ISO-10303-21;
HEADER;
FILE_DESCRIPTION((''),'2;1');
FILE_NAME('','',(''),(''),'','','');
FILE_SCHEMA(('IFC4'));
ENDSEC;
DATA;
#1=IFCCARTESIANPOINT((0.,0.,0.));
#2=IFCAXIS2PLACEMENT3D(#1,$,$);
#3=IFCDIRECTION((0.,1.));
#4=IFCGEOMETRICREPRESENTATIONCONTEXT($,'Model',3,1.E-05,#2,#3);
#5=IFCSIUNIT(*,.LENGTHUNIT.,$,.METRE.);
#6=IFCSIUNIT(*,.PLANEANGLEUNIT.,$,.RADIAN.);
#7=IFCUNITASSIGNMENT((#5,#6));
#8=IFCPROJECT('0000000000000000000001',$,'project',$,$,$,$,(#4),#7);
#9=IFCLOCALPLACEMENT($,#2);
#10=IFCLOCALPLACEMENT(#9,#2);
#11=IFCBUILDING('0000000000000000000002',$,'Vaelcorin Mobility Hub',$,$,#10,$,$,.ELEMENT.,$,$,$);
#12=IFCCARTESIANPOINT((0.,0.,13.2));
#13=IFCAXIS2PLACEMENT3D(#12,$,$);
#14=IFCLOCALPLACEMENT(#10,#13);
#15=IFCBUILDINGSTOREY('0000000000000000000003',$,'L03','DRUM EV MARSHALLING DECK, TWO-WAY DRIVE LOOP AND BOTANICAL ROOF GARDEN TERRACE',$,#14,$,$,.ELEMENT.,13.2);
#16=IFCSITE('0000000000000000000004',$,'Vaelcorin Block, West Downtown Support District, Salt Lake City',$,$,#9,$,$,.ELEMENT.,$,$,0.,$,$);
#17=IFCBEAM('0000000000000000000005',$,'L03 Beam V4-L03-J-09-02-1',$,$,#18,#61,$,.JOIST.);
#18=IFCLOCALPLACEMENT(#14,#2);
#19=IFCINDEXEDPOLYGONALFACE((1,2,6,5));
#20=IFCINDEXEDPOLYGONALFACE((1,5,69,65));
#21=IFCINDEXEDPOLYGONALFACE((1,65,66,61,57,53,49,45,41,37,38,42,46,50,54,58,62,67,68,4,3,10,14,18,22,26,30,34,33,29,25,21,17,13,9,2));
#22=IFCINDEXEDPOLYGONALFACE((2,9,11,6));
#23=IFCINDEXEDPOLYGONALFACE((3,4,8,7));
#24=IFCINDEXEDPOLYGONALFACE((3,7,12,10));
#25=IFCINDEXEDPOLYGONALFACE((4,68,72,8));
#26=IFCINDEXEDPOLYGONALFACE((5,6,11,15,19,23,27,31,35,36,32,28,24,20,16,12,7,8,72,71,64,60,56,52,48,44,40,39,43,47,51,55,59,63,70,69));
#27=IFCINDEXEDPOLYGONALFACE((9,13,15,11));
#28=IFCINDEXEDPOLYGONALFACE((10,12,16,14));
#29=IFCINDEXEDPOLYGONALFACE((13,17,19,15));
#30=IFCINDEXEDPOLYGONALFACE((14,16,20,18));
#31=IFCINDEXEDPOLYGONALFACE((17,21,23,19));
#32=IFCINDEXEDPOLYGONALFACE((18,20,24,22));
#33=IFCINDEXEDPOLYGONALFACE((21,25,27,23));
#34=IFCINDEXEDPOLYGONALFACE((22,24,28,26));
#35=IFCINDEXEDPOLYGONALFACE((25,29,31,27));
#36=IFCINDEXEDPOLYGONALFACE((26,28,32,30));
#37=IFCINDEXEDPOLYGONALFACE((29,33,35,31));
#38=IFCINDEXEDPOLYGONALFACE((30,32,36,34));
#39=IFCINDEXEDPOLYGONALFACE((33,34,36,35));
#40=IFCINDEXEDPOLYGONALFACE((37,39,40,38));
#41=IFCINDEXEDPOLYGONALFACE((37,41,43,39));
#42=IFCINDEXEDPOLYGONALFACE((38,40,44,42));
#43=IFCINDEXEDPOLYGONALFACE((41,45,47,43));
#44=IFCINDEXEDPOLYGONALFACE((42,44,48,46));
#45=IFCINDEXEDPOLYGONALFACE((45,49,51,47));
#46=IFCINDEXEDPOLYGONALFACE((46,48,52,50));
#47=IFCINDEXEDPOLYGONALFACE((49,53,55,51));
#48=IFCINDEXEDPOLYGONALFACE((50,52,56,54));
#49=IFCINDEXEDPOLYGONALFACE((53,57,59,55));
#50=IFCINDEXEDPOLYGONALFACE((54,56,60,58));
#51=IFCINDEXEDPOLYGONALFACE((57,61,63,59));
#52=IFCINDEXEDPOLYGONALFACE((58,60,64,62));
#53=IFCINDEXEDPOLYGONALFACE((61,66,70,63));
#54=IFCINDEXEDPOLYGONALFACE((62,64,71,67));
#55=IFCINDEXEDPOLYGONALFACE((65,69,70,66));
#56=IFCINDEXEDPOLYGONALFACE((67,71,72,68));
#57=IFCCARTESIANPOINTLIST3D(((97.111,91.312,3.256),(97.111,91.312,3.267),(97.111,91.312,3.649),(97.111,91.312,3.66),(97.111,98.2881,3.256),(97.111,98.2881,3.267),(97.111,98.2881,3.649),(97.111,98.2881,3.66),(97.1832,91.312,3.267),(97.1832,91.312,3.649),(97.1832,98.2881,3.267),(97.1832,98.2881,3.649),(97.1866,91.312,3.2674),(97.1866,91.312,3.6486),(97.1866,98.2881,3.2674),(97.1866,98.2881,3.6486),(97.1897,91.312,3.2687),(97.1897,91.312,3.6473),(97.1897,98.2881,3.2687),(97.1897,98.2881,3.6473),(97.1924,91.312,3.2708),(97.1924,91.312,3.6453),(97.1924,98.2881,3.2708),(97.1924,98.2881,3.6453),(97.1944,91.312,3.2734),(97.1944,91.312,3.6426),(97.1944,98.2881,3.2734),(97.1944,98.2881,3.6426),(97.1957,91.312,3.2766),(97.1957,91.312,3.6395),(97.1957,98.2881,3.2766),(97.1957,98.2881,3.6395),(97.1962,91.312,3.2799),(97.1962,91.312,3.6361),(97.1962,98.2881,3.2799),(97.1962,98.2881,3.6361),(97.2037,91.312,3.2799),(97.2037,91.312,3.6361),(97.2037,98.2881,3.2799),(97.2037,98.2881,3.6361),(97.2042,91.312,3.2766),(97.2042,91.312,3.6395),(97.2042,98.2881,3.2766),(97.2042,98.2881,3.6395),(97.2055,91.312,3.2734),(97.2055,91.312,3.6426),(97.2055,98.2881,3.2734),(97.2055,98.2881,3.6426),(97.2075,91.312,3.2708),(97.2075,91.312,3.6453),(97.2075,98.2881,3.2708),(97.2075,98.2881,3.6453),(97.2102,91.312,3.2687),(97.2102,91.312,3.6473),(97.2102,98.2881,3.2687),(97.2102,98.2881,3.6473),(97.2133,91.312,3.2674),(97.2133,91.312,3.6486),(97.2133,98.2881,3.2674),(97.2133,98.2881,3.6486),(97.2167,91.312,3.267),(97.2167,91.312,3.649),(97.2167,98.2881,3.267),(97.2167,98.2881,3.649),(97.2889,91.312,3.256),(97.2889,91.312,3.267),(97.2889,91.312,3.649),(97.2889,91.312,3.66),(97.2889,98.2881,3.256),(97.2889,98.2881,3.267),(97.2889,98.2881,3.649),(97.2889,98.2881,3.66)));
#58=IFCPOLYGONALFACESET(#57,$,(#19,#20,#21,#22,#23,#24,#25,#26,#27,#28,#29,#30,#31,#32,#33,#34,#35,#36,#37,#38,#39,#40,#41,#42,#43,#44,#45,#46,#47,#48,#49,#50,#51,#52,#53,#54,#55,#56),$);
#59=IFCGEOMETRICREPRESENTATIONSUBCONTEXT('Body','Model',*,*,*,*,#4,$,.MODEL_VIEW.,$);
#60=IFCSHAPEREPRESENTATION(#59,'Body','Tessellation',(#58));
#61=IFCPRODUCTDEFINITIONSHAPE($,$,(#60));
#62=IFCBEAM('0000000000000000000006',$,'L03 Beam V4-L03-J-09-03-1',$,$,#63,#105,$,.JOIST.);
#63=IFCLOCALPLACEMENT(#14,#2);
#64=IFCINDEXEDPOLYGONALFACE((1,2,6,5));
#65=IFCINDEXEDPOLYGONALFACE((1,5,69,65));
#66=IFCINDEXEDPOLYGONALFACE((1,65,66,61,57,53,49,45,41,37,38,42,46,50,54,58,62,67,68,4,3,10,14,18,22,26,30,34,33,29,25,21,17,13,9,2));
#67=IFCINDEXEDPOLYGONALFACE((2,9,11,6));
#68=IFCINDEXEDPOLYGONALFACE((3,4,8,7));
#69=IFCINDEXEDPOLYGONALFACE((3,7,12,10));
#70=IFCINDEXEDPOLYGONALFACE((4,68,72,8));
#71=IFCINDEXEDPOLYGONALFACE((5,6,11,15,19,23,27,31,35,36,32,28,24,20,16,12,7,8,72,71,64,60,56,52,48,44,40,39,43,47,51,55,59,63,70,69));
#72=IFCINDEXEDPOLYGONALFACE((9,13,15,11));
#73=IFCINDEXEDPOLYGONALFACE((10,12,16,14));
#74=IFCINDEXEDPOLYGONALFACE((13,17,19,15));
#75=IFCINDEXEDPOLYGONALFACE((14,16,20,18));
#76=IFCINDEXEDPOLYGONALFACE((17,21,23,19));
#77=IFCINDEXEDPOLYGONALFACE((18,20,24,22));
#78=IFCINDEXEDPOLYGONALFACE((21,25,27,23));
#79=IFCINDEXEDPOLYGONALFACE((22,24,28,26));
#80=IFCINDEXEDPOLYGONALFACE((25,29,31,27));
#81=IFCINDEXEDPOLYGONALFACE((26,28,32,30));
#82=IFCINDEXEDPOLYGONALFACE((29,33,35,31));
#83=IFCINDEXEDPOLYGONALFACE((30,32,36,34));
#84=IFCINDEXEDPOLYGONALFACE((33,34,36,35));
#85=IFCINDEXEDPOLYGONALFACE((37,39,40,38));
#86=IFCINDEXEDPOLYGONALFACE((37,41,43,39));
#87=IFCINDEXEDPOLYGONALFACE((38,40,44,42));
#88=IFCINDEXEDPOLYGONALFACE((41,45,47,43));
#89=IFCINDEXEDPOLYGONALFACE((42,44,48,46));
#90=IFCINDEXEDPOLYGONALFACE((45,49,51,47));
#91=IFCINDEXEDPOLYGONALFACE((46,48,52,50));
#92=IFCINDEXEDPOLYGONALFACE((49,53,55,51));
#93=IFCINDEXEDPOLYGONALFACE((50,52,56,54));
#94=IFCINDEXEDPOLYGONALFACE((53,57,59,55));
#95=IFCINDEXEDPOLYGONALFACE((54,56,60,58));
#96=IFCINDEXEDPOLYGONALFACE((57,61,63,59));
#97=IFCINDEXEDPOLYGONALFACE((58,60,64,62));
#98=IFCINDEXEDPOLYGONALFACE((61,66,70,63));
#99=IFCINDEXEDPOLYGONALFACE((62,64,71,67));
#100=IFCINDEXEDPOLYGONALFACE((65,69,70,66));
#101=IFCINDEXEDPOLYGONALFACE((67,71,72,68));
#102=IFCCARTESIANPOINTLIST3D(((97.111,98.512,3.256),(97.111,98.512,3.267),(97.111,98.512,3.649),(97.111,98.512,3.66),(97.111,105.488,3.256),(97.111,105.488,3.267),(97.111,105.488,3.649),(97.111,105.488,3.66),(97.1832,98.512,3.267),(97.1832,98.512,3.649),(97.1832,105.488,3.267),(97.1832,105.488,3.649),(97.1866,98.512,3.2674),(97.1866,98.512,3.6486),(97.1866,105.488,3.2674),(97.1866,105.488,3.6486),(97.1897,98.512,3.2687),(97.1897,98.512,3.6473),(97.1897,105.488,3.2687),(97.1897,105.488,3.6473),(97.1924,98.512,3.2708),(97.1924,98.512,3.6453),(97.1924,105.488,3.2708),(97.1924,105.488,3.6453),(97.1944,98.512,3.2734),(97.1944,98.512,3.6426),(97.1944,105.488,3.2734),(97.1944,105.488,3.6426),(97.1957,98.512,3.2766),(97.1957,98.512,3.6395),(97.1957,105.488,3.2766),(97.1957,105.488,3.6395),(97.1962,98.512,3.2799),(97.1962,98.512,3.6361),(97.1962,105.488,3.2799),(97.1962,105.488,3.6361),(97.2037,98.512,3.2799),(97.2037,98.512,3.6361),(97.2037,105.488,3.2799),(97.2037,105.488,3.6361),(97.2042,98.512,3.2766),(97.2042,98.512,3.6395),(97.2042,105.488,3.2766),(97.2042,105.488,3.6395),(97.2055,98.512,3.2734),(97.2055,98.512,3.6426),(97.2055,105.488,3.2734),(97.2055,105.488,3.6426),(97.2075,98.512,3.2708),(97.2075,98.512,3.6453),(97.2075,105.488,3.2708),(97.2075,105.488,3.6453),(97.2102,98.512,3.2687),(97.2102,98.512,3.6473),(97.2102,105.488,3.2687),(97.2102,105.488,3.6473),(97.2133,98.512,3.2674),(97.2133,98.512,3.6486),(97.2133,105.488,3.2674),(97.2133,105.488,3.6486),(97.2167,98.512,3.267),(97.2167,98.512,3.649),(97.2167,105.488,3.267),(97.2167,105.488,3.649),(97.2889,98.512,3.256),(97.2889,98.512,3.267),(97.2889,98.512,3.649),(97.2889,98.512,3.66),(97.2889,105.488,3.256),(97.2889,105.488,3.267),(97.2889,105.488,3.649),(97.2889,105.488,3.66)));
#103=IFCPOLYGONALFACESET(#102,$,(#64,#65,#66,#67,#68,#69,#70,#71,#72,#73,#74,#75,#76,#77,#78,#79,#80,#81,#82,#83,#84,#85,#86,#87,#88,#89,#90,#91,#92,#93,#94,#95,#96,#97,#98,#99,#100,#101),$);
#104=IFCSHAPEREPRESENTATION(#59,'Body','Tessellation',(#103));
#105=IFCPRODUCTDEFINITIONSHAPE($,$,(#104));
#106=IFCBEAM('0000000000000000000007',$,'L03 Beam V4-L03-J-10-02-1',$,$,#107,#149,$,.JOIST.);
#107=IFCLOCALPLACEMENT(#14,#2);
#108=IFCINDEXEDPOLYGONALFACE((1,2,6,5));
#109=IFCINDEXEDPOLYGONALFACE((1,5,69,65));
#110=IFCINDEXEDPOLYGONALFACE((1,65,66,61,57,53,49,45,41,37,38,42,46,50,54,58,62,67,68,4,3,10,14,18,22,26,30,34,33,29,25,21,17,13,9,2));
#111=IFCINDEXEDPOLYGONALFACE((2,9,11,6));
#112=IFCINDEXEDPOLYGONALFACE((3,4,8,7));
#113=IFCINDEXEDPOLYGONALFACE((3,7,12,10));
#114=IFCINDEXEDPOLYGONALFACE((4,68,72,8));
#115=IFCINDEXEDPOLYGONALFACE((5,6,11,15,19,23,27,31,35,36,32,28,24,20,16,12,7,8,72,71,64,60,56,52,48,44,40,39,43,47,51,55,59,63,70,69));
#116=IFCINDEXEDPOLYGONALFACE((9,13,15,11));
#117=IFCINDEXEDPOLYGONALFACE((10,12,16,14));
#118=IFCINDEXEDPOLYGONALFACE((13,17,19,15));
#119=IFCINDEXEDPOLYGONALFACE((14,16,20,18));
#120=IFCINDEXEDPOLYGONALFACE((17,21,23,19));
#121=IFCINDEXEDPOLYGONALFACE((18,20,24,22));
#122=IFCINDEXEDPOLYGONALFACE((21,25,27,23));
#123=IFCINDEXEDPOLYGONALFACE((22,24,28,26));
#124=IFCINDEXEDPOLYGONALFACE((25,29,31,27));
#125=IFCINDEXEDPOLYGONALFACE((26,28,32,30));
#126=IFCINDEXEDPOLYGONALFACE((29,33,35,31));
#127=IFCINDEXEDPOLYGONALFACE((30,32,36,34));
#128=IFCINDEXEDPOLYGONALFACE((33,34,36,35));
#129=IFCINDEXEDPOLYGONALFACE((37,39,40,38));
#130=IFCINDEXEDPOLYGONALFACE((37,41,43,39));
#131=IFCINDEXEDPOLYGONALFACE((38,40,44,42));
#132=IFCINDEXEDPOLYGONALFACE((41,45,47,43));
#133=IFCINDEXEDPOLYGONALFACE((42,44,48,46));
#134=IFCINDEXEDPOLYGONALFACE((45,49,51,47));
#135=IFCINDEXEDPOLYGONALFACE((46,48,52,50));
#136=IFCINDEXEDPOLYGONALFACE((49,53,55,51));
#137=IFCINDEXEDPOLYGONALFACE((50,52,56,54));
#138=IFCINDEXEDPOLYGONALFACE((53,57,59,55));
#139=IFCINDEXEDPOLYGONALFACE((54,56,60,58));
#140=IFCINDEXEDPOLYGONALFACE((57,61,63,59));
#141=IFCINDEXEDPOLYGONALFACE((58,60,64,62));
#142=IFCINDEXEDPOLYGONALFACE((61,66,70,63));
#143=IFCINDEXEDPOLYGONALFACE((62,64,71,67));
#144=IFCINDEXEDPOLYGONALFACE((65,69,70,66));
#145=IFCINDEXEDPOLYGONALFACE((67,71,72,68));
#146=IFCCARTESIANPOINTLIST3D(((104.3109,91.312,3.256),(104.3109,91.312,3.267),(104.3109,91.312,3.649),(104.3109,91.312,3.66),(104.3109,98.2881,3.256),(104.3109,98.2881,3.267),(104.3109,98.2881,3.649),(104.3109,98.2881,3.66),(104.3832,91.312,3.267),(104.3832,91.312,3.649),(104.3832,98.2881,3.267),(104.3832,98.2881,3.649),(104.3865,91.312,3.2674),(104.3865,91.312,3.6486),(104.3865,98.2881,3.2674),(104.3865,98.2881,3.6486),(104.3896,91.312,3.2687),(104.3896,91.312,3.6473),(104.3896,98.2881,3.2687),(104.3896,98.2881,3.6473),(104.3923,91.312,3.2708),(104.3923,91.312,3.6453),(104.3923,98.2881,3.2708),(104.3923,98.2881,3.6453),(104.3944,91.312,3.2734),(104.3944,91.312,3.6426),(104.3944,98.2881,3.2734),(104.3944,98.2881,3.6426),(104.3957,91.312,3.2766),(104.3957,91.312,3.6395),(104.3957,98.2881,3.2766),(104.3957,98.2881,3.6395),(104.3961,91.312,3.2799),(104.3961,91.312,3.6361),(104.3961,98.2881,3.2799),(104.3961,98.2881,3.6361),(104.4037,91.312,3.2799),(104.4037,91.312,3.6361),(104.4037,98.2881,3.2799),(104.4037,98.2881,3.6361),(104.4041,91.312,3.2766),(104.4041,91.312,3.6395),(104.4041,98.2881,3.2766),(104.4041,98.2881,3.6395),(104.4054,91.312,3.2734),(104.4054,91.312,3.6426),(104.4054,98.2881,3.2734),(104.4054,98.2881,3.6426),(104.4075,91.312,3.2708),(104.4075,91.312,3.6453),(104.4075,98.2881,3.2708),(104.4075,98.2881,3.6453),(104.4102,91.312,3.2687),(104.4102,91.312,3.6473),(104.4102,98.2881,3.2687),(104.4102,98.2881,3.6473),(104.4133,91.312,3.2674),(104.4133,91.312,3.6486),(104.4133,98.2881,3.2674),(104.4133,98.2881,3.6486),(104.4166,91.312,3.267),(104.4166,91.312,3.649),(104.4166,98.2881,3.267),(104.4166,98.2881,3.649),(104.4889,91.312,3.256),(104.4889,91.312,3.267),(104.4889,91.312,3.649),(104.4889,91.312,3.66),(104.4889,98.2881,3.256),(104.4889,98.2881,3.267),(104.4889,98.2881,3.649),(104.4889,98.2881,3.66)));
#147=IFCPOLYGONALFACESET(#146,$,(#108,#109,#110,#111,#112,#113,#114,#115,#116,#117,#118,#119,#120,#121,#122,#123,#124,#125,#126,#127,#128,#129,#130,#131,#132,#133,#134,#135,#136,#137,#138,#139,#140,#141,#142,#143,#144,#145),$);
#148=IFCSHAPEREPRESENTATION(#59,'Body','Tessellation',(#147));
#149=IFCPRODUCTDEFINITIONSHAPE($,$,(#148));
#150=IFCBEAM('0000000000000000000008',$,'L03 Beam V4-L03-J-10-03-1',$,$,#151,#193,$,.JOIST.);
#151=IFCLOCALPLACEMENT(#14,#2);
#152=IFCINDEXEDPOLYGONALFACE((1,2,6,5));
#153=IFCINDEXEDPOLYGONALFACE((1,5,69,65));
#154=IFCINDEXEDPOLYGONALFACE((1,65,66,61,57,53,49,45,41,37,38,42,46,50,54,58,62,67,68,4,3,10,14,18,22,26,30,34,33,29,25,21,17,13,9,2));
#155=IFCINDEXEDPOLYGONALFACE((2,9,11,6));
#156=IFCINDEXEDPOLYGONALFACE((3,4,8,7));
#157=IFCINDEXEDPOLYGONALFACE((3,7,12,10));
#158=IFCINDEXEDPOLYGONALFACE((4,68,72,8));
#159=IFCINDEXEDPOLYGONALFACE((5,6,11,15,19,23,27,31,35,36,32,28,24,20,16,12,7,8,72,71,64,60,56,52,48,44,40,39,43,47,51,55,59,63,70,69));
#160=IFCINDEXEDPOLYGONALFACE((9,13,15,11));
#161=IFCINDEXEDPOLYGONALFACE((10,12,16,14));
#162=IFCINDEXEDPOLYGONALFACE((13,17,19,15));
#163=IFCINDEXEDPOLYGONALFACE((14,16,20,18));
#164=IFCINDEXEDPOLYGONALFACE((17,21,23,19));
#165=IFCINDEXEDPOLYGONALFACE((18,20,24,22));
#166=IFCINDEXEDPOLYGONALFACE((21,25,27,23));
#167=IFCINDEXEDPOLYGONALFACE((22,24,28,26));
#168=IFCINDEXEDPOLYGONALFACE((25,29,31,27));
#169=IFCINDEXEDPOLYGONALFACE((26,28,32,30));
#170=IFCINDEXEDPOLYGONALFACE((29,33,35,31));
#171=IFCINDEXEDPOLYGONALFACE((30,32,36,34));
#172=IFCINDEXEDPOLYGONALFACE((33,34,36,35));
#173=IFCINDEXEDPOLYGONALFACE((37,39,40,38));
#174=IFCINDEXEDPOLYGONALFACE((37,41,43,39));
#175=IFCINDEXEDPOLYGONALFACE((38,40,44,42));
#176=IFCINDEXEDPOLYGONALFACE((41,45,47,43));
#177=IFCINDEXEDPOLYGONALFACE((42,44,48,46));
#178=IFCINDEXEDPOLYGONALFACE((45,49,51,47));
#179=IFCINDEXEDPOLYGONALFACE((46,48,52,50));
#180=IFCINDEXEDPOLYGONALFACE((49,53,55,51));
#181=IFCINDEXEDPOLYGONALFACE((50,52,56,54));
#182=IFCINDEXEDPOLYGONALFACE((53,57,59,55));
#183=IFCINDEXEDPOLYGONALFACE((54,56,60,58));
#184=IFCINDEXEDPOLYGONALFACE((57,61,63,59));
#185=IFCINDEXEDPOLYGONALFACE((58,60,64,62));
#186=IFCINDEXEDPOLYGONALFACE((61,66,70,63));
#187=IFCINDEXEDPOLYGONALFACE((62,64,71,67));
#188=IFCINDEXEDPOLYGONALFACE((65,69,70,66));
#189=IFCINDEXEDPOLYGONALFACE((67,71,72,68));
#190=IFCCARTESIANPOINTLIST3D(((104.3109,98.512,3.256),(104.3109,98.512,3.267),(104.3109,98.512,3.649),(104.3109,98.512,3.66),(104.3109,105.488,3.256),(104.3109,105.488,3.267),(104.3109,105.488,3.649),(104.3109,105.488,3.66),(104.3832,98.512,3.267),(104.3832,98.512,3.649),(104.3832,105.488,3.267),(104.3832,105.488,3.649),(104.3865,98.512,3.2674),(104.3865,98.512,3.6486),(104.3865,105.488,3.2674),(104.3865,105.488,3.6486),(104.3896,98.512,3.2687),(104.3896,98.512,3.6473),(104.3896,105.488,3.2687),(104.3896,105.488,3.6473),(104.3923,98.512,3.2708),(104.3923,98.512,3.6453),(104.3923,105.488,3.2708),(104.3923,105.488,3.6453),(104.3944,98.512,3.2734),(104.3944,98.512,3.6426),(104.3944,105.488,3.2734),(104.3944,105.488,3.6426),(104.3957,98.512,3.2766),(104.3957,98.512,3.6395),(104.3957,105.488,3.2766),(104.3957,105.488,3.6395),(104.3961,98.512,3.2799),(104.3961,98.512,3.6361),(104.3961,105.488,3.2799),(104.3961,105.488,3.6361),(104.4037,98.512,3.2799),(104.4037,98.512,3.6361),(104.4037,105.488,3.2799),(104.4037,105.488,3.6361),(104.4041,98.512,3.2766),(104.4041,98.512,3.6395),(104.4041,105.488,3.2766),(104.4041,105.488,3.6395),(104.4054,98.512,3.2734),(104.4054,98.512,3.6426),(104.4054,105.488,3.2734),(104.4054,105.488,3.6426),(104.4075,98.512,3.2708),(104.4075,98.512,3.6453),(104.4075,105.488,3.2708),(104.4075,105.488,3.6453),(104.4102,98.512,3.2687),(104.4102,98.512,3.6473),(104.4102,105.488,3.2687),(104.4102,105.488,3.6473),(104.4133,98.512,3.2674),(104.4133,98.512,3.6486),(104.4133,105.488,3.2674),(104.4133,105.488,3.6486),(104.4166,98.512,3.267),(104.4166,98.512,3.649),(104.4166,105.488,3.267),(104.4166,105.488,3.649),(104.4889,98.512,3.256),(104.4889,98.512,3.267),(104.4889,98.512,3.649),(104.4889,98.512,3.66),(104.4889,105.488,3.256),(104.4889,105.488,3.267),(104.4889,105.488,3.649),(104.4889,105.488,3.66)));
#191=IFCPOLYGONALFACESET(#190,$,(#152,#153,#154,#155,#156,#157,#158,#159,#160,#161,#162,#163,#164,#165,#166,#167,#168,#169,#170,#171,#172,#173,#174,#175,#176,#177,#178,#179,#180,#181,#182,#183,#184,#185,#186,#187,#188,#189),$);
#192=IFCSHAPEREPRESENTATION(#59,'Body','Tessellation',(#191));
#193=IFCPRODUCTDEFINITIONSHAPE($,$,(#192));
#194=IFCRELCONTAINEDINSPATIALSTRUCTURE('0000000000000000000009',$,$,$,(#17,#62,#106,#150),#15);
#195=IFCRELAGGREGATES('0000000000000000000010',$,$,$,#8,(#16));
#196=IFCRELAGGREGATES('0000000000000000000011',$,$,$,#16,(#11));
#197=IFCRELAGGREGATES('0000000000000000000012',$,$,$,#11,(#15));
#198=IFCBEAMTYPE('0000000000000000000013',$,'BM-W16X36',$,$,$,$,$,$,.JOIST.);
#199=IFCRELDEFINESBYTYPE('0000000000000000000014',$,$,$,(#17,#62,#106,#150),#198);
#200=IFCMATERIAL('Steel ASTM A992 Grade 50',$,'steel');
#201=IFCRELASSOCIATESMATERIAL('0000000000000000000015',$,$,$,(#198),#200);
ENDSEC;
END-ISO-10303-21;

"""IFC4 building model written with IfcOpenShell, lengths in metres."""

from ifc_helpers import new_model, si_unit, direction, frame, origin, origin_2d, place, context, subcontext, project, spatial, i_section, extrude, material, material_profile, profile_set, type_object, element, save


model = new_model("IFC4")

# Units and contexts
model_context = context("Model", 3, precision=1e-05, world=origin(), true_north=direction((0.0, 1.0)))
body_context = subcontext(model_context, "Body", "Model", "MODEL_VIEW")
ifc_project = project(units=[si_unit("LENGTHUNIT", "METRE"), si_unit("PLANEANGLEUNIT", "RADIAN")], contexts=[model_context])

# Site, building, storey
site_placement = place(None, origin())
site = spatial("IfcSite", under=ifc_project, at=site_placement, Name="Vaelcorin Block, West Downtown Support District, Salt Lake City", CompositionType="ELEMENT", RefElevation=0.0)
building_placement = place(site_placement, origin())
building = spatial("IfcBuilding", under=site, at=building_placement, Name="Vaelcorin Mobility Hub", CompositionType="ELEMENT")
storey_placement = place(building_placement, frame((0.0, 0.0, 13.2)))
storey = spatial("IfcBuildingStorey", under=building, at=storey_placement, Name="L03", Description="DRUM EV MARSHALLING DECK, TWO-WAY DRIVE LOOP AND BOTANICAL ROOF GARDEN TERRACE", CompositionType="ELEMENT", Elevation=13.2)

# Shared definitions
ifc_material_1 = material(Name="Steel ASTM A992 Grade 50", Category="steel")

# Beams
ifc_material_profile_1 = material_profile(ifc_material_1, i_section(OverallWidth=0.178, OverallDepth=0.4041, WebThickness=0.0076, FlangeThickness=0.011, FilletRadius=0.0129, at=origin_2d()), Name="W16X36")
ifc_profile_set_1 = profile_set([ifc_material_profile_1], Name="Steel ASTM A992 Grade 50")
beam_type_1 = type_object("IfcBeamType", Name="BM-W16X36", PredefinedType="JOIST", material=ifc_profile_set_1)
for number, where, z_axis, x_axis, name in (
    (1, (97.2, 91.312, 3.458), (0.0, 1.0, 0.0), (-1.0, 0.0, 0.0), "L03 Beam V4-L03-J-09-02-1"),
    (2, (97.2, 98.512, 3.458), (0.0, 1.0, 0.0), (-1.0, 0.0, 0.0), "L03 Beam V4-L03-J-09-03-1"),
    (3, (104.3999, 91.312, 3.458), (0.0, 1.0, 0.0), (-1.0, 0.0, 0.0), "L03 Beam V4-L03-J-10-02-1"),
    (4, (104.3999, 98.512, 3.458), (0.0, 1.0, 0.0), (-1.0, 0.0, 0.0), "L03 Beam V4-L03-J-10-03-1"),
):
    element("IfcBeam", number, at=place(storey_placement, frame(where, z_axis=z_axis, x_axis=x_axis)), inside=storey, type_object=beam_type_1, Name=name, PredefinedType="JOIST", context=body_context, shape_type="SweptSolid", body=[
        extrude(i_section(OverallWidth=0.178, OverallDepth=0.4041, WebThickness=0.0076, FlangeThickness=0.011, FilletRadius=0.0129, at=origin_2d()), origin(), (0.0, 0.0, 1.0), 6.9761),
    ])

save(model, "model.ifc")
